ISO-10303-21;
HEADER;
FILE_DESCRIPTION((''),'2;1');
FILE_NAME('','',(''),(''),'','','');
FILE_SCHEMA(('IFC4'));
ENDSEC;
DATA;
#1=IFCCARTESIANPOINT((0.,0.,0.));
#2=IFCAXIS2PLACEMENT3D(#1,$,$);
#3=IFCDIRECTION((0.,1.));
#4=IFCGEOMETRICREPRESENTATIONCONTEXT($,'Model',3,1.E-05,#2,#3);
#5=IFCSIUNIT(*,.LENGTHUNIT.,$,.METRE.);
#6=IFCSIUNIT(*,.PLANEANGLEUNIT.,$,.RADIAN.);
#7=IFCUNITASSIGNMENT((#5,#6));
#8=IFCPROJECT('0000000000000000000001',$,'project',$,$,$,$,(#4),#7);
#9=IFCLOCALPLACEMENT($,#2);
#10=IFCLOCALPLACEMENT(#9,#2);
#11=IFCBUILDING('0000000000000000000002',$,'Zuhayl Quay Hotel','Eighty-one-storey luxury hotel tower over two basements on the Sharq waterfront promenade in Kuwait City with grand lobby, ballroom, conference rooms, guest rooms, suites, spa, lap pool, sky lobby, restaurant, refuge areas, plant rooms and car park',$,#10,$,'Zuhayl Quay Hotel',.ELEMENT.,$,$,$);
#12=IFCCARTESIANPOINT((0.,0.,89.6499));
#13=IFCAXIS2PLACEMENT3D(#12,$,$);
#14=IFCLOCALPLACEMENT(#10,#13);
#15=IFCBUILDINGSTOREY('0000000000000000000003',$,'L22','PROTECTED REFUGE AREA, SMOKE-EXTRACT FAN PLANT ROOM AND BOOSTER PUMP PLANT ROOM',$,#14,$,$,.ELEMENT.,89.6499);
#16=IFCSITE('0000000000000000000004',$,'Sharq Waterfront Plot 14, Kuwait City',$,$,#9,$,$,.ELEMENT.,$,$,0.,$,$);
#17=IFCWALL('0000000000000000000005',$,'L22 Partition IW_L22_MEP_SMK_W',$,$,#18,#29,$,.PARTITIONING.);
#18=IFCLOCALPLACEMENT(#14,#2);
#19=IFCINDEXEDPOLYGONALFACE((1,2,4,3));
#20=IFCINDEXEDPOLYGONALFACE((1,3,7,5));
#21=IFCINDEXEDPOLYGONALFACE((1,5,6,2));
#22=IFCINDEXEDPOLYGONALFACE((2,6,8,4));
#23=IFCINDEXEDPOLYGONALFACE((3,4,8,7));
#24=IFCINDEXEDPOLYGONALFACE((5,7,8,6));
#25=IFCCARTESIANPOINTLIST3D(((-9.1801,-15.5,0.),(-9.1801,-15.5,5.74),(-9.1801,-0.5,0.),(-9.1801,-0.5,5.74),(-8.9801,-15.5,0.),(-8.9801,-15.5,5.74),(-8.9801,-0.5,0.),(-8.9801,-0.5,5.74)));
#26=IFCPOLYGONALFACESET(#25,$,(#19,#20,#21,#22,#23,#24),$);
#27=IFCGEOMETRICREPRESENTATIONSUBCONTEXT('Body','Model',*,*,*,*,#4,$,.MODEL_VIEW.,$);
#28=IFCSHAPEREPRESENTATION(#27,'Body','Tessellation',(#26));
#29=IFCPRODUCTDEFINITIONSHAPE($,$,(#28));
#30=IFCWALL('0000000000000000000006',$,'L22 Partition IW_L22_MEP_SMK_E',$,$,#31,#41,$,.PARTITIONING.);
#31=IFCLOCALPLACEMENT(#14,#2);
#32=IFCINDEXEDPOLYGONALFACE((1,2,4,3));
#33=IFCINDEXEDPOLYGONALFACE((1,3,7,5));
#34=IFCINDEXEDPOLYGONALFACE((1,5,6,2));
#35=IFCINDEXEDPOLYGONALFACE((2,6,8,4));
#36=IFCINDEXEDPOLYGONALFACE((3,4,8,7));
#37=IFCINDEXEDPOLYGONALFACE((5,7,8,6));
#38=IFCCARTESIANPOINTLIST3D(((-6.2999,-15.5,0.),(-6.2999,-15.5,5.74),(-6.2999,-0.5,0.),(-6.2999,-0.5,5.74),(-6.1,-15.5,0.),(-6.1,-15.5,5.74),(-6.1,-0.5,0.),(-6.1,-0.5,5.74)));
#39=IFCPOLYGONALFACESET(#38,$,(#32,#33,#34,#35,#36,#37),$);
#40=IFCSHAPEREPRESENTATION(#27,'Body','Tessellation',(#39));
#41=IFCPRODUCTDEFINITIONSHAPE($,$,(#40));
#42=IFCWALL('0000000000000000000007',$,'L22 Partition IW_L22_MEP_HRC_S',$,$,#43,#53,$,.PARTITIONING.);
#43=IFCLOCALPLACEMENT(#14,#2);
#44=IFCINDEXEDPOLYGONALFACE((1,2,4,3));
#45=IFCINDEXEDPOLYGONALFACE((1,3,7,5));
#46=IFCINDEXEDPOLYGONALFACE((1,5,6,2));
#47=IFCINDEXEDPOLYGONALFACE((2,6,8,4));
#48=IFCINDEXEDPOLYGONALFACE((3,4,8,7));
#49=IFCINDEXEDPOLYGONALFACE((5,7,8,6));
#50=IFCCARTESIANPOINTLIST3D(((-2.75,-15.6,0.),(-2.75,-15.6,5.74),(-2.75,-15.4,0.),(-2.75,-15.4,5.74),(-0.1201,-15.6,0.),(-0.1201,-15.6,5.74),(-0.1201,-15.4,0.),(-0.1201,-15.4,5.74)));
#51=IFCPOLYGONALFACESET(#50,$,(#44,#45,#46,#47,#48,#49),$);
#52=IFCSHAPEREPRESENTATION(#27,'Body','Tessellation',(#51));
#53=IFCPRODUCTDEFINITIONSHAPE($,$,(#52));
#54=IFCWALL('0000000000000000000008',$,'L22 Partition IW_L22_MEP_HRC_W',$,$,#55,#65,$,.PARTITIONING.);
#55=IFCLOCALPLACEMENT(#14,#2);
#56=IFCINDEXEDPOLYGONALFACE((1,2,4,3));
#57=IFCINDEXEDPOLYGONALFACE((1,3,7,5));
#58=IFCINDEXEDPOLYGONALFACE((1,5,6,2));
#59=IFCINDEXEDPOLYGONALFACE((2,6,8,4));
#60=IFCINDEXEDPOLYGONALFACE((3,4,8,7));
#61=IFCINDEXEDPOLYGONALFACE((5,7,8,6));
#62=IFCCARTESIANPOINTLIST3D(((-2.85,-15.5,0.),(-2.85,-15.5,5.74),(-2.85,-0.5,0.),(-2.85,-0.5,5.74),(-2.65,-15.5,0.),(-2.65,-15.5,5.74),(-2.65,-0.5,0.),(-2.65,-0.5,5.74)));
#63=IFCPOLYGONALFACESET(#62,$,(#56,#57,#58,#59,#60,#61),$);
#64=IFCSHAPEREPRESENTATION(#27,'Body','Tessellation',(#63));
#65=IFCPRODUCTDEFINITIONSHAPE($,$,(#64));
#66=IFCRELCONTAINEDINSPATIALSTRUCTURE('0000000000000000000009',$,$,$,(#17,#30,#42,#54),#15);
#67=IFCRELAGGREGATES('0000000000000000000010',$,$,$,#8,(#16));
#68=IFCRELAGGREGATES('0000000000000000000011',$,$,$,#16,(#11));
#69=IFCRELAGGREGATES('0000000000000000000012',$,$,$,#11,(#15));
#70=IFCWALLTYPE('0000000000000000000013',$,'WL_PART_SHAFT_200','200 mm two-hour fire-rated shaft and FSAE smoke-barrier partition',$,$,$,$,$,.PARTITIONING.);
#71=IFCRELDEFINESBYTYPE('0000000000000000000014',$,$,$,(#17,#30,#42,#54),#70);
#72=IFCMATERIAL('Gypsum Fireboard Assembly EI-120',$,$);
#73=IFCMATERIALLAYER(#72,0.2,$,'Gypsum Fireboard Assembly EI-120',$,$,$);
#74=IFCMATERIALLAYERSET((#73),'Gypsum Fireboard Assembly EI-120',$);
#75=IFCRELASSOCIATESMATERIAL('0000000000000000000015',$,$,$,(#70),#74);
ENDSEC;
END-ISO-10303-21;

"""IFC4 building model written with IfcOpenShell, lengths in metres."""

from ifc_helpers import new_model, si_unit, direction, frame, frame_2d, origin, place, context, subcontext, project, spatial, rectangle, extrude, material, layer, layer_set, type_object, element, save


model = new_model("IFC4")

# Units and contexts
model_context = context("Model", 3, precision=1e-05, world=origin(), true_north=direction((0.0, 1.0)))
body_context = subcontext(model_context, "Body", "Model", "MODEL_VIEW")
ifc_project = project(units=[si_unit("LENGTHUNIT", "METRE"), si_unit("PLANEANGLEUNIT", "RADIAN")], contexts=[model_context])

# Site, building, storey
site_placement = place(None, origin())
site = spatial("IfcSite", under=ifc_project, at=site_placement, Name="Sharq Waterfront Plot 14, Kuwait City", CompositionType="ELEMENT", RefElevation=0.0)
building_placement = place(site_placement, origin())
building = spatial("IfcBuilding", under=site, at=building_placement, Name="Zuhayl Quay Hotel", Description="Eighty-one-storey luxury hotel tower over two basements on the Sharq waterfront promenade in Kuwait City with grand lobby, ballroom, conference rooms, guest rooms, suites, spa, lap pool, sky lobby, restaurant, refuge areas, plant rooms and car park", LongName="Zuhayl Quay Hotel", CompositionType="ELEMENT")
storey_placement = place(building_placement, frame((0.0, 0.0, 89.6499)))
storey = spatial("IfcBuildingStorey", under=building, at=storey_placement, Name="L22", Description="PROTECTED REFUGE AREA, SMOKE-EXTRACT FAN PLANT ROOM AND BOOSTER PUMP PLANT ROOM", CompositionType="ELEMENT", Elevation=89.6499)

# Walls
ifc_material_1 = material(Name="Gypsum Fireboard Assembly EI-120")
ifc_layer_1 = layer(ifc_material_1, 0.2, Name="Gypsum Fireboard Assembly EI-120")
ifc_layer_set_1 = layer_set([ifc_layer_1], Name="Gypsum Fireboard Assembly EI-120")
wall_type = type_object("IfcWallType", Name="WL_PART_SHAFT_200", Description="200 mm two-hour fire-rated shaft and FSAE smoke-barrier partition", PredefinedType="PARTITIONING", material=ifc_layer_set_1)
for number, where, z_axis, x_axis, name in (
    (1, (-9.0801, -15.5, 0.0), (0.0, 0.0, 1.0), (0.0, 1.0, 0.0), "L22 Partition IW_L22_MEP_SMK_W"),
    (2, (-6.2, -15.5, 0.0), (0.0, 0.0, 1.0), (0.0, 1.0, 0.0), "L22 Partition IW_L22_MEP_SMK_E"),
):
    element("IfcWall", number, at=place(storey_placement, frame(where, z_axis=z_axis, x_axis=x_axis)), inside=storey, type_object=wall_type, Name=name, PredefinedType="PARTITIONING", context=body_context, shape_type="SweptSolid", body=[
        extrude(rectangle(XDim=15.0, YDim=0.2, at=frame_2d((7.5, 0.0))), origin(), (0.0, 0.0, 1.0), 5.74),
    ])
wall_1_placement = place(storey_placement, frame((-2.75, -15.5, 0.0), z_axis=(0.0, 0.0, 1.0), x_axis=(1.0, 0.0, 0.0)))
element("IfcWall", 3, at=wall_1_placement, inside=storey, type_object=wall_type, Name="L22 Partition IW_L22_MEP_HRC_S", PredefinedType="PARTITIONING", context=body_context, shape_type="SweptSolid", body=[
    extrude(rectangle(XDim=2.6299, YDim=0.2, at=frame_2d((1.3149, 0.0))), origin(), (0.0, 0.0, 1.0), 5.74),
])
wall_2_placement = place(storey_placement, frame((-2.75, -15.5, 0.0), z_axis=(0.0, 0.0, 1.0), x_axis=(0.0, 1.0, 0.0)))
element("IfcWall", 4, at=wall_2_placement, inside=storey, type_object=wall_type, Name="L22 Partition IW_L22_MEP_HRC_W", PredefinedType="PARTITIONING", context=body_context, shape_type="SweptSolid", body=[
    extrude(rectangle(XDim=15.0, YDim=0.2, at=frame_2d((7.5, 0.0))), origin(), (0.0, 0.0, 1.0), 5.74),
])

save(model, "model.ifc")
